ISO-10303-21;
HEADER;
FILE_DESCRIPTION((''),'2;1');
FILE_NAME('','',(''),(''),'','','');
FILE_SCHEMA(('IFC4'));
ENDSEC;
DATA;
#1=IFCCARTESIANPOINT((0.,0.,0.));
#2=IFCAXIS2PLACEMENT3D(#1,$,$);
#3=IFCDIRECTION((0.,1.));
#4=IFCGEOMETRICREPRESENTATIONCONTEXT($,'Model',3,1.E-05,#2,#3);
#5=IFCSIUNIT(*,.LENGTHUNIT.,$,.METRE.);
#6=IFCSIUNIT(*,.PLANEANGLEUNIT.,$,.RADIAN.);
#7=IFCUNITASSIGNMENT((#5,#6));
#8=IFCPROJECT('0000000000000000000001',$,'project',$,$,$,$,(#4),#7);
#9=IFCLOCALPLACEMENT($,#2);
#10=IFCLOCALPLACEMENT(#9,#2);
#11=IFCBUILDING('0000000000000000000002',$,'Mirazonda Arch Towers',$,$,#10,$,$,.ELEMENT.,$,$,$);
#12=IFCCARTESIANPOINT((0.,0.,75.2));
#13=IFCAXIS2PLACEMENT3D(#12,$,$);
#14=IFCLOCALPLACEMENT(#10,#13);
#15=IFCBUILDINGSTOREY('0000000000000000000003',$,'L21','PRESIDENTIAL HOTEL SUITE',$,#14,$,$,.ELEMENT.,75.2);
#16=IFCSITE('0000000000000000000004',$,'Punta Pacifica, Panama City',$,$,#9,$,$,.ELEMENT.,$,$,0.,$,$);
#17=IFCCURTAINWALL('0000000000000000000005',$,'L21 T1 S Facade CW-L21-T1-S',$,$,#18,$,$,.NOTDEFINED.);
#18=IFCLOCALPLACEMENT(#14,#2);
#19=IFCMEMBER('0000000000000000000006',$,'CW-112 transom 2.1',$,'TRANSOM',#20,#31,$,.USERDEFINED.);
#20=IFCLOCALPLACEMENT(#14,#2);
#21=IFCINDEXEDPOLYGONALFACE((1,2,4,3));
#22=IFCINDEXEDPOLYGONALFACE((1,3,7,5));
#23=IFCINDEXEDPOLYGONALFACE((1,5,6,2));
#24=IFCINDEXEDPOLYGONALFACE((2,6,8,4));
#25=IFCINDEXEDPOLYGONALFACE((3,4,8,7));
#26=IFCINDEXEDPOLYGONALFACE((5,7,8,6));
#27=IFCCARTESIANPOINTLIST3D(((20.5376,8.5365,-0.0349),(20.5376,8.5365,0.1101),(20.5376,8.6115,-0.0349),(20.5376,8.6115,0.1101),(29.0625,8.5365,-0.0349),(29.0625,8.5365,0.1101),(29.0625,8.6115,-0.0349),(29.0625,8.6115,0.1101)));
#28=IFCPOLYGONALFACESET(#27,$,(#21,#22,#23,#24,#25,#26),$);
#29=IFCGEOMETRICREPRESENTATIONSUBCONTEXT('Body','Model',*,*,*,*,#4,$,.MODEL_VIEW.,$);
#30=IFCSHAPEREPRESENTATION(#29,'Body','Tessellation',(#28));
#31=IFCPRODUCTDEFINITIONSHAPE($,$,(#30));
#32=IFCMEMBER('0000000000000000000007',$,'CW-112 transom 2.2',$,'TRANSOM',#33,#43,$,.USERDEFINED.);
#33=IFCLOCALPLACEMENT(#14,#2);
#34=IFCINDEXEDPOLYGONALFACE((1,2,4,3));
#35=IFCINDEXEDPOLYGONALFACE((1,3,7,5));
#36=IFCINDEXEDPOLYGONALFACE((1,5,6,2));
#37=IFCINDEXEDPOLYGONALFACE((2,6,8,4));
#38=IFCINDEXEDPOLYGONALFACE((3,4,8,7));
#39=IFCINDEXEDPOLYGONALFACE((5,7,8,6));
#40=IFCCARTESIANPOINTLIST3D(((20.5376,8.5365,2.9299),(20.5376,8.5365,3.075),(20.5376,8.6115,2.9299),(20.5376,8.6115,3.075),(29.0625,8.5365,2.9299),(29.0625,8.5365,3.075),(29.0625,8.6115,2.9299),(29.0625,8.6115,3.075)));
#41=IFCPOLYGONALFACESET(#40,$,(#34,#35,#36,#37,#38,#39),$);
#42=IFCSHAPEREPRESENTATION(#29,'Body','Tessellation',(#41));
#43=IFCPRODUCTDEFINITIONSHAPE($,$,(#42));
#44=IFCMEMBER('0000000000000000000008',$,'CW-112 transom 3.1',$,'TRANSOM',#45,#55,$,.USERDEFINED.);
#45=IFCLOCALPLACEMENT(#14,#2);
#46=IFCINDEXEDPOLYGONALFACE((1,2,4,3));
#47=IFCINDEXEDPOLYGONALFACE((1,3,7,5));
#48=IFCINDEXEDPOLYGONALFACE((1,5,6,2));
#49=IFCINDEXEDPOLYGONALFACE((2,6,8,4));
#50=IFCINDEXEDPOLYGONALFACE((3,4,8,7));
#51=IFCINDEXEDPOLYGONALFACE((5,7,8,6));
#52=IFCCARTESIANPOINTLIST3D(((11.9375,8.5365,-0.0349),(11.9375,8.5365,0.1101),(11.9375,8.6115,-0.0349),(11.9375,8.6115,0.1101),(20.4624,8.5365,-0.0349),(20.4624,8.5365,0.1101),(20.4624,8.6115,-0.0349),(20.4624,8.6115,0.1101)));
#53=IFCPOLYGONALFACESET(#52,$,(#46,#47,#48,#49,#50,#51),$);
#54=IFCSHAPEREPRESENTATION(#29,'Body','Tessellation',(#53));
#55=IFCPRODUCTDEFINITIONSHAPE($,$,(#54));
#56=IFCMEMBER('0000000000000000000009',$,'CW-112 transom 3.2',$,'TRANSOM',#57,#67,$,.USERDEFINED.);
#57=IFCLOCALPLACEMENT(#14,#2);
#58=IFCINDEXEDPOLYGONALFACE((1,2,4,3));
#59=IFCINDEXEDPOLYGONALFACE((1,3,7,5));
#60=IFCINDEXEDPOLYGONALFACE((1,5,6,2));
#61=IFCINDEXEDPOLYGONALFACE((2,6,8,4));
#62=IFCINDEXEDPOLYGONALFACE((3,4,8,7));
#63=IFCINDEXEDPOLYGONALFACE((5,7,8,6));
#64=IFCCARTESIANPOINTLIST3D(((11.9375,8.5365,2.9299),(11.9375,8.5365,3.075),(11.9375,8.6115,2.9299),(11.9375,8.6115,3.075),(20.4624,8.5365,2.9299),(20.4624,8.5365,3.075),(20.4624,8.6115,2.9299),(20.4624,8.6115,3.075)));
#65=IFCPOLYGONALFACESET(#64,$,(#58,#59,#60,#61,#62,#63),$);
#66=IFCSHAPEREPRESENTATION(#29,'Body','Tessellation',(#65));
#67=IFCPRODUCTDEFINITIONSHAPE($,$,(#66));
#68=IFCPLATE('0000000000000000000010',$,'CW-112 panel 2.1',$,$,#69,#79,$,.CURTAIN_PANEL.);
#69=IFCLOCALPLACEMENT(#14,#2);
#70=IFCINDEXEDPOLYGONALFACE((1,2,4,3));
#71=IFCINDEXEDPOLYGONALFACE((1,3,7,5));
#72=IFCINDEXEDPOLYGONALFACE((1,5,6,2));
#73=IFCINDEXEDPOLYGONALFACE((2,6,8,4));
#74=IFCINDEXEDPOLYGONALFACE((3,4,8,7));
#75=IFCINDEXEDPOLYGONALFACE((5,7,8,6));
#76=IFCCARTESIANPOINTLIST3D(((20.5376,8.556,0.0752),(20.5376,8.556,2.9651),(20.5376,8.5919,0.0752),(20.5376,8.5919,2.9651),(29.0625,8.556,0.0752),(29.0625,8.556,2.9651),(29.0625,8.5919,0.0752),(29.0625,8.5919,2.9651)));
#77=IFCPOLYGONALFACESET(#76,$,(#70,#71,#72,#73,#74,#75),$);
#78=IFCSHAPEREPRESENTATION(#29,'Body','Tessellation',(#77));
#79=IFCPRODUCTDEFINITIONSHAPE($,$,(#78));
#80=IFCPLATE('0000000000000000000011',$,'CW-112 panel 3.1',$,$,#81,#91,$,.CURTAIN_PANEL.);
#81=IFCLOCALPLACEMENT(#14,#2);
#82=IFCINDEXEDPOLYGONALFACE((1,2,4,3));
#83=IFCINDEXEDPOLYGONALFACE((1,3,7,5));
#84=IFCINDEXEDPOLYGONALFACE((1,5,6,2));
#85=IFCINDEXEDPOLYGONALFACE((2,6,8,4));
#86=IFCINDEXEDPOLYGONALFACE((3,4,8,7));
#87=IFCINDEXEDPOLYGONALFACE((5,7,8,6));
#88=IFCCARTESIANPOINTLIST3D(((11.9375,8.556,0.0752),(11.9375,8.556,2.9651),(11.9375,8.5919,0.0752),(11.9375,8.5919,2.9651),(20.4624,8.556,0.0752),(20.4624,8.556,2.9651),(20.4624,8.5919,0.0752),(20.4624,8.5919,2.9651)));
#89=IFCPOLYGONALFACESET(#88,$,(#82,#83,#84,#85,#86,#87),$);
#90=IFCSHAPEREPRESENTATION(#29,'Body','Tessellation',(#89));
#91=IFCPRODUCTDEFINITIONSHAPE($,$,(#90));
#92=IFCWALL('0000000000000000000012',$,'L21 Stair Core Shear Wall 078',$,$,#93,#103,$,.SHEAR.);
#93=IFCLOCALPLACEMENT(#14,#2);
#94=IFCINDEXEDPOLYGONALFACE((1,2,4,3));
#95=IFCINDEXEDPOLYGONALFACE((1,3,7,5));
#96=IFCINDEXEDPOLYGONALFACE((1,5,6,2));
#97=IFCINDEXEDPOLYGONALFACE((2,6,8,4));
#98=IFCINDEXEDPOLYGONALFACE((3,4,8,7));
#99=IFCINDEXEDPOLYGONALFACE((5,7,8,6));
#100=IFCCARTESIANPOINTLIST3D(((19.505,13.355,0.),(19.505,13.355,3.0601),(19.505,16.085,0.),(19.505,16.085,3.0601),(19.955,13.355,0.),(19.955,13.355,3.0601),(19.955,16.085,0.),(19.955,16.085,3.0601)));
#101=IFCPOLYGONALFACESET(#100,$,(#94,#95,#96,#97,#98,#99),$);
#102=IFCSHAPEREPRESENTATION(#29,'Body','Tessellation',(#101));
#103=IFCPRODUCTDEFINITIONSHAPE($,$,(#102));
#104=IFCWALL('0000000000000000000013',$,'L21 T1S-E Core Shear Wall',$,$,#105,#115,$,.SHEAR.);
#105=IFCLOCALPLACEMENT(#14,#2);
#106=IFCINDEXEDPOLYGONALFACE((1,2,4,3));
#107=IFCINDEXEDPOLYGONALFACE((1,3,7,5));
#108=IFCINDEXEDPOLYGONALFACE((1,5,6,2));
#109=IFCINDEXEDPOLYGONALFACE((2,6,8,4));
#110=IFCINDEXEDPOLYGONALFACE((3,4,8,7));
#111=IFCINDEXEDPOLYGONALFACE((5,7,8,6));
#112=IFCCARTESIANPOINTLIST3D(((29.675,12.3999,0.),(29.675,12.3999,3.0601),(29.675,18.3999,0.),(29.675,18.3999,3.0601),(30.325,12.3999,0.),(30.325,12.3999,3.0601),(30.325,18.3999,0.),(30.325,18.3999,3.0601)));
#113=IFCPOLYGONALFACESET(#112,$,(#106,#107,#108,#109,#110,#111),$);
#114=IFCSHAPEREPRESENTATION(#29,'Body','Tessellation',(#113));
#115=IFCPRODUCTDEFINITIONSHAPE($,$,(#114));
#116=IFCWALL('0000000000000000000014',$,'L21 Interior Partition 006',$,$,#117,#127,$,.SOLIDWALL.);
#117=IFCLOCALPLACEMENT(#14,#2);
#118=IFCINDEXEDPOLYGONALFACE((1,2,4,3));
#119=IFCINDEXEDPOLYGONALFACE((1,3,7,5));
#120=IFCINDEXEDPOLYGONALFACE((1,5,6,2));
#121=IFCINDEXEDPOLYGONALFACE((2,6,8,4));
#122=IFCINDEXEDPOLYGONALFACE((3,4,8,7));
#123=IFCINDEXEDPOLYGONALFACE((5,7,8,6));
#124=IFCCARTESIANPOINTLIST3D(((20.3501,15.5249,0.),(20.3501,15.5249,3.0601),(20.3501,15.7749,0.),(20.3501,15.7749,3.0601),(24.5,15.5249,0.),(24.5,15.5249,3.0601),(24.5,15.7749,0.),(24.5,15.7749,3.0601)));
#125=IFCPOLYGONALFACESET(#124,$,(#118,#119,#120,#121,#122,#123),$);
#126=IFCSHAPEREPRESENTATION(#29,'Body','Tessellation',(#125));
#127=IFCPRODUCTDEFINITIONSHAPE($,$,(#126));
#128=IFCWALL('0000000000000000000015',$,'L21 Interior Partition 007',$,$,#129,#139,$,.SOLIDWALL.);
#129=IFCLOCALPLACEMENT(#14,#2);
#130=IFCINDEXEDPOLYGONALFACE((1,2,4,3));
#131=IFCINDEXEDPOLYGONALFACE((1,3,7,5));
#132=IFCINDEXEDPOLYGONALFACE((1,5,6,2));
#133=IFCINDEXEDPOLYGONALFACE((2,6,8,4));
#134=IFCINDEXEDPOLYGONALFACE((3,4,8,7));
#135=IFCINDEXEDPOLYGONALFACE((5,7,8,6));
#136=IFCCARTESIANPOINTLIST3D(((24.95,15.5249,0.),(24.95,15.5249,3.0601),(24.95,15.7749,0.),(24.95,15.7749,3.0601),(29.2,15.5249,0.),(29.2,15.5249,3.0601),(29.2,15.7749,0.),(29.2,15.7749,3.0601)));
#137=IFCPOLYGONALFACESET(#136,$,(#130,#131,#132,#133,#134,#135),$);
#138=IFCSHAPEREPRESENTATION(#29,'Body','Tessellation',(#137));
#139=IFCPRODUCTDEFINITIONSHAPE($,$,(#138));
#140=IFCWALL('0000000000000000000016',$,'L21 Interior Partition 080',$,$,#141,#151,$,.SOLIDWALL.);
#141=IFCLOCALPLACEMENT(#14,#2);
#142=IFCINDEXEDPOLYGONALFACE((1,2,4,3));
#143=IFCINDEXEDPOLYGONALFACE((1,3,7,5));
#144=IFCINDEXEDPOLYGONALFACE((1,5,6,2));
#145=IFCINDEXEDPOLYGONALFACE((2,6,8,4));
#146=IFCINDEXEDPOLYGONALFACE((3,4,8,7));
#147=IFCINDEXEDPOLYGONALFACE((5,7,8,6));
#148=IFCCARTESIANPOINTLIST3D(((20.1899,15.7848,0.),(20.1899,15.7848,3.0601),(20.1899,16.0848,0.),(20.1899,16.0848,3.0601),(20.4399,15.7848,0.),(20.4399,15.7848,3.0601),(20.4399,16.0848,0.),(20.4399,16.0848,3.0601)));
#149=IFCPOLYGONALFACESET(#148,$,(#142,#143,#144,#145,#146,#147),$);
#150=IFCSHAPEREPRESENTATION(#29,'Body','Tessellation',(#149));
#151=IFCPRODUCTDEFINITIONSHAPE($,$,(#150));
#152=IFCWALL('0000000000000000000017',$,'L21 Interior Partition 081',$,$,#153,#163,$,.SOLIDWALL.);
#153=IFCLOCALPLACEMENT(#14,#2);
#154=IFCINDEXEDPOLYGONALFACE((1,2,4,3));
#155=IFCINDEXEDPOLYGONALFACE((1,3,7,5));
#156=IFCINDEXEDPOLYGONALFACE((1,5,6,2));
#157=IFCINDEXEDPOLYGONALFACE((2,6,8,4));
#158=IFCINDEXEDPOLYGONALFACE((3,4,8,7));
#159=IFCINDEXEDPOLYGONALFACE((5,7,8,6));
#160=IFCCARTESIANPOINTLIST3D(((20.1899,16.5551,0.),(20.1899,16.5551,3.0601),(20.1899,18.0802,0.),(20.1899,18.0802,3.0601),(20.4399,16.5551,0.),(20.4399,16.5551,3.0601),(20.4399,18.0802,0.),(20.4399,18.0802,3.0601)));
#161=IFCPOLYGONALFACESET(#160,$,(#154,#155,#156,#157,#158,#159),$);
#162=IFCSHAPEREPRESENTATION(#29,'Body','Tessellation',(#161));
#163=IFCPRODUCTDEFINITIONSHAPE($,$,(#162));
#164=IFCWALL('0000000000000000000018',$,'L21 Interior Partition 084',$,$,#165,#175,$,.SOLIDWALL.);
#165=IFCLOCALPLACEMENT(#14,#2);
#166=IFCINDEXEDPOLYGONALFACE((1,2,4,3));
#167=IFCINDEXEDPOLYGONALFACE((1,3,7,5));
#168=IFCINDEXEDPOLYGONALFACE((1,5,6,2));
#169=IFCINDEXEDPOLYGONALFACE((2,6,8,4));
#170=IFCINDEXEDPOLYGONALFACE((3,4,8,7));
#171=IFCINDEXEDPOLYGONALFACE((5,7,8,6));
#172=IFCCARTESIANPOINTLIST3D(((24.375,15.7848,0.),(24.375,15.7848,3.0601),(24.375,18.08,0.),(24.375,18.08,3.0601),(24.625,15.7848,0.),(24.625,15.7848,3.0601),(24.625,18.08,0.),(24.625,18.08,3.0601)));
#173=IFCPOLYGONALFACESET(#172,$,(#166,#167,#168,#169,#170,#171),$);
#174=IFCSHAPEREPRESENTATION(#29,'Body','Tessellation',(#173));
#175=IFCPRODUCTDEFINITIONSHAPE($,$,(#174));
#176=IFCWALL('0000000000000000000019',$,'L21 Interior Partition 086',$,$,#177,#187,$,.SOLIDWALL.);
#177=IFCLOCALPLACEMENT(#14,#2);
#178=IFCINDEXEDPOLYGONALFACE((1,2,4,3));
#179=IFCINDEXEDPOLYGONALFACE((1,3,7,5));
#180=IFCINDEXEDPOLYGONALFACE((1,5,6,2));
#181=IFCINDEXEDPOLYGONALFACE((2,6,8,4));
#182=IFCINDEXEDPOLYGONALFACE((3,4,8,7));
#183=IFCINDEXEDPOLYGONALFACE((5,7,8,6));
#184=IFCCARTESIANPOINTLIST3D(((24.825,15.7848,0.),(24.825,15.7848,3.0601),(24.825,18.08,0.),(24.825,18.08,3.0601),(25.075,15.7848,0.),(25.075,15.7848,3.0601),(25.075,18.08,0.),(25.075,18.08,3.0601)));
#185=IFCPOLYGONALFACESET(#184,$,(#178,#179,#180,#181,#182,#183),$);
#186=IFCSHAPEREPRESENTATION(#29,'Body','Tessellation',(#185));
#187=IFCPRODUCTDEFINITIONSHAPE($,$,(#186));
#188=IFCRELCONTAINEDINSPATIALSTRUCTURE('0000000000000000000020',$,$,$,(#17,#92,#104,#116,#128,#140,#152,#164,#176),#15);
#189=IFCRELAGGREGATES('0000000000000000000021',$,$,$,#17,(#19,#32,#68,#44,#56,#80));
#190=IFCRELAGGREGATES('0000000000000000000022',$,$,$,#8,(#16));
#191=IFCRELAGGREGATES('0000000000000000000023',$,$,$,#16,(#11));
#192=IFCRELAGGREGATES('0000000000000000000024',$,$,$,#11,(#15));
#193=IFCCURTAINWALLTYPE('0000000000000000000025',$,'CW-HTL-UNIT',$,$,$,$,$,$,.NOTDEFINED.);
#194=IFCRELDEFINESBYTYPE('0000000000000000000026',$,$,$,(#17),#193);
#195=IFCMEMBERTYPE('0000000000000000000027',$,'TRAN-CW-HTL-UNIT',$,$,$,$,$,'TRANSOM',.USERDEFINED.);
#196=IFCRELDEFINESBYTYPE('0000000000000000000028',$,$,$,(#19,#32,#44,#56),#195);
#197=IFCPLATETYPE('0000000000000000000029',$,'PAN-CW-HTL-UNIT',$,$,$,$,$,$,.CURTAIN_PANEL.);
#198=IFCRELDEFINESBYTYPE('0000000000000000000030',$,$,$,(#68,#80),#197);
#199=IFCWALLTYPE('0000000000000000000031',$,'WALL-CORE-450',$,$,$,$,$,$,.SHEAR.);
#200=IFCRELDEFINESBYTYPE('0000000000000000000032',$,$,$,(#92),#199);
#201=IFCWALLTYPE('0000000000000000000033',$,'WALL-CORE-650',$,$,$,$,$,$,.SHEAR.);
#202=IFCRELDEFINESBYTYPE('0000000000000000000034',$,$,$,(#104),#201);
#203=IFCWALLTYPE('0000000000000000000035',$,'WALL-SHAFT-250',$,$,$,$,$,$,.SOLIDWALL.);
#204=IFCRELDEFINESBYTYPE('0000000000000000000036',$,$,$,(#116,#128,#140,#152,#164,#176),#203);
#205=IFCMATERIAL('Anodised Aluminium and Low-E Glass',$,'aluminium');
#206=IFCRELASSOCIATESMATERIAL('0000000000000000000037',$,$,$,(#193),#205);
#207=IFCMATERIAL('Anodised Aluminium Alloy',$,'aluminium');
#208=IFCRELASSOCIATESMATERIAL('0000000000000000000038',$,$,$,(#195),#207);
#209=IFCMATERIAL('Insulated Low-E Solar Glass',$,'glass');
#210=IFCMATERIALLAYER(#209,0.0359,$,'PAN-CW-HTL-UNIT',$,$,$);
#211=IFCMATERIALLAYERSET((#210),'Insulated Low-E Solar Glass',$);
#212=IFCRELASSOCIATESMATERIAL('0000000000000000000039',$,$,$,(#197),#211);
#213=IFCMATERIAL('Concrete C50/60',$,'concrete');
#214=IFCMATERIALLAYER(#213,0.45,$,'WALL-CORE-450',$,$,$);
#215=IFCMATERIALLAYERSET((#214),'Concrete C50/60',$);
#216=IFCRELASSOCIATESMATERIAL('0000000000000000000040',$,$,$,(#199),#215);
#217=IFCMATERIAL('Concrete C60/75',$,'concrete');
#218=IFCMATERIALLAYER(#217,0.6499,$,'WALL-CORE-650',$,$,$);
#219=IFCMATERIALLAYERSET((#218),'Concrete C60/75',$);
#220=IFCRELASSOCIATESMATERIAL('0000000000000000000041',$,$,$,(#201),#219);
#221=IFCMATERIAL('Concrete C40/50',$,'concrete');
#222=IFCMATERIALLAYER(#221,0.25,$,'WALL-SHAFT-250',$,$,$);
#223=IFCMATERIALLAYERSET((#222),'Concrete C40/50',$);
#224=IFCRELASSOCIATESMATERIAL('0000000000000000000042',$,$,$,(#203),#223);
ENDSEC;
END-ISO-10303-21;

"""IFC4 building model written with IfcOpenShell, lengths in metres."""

from ifc_helpers import new_model, si_unit, direction, frame, frame_2d, origin, origin_2d, place, context, subcontext, project, spatial, rectangle, extrude, material, layer, layer_set, material_profile, profile_set, type_object, element, aggregate, save


model = new_model("IFC4")

# Units and contexts
model_context = context("Model", 3, precision=1e-05, world=origin(), true_north=direction((0.0, 1.0)))
body_context = subcontext(model_context, "Body", "Model", "MODEL_VIEW")
ifc_project = project(units=[si_unit("LENGTHUNIT", "METRE"), si_unit("PLANEANGLEUNIT", "RADIAN")], contexts=[model_context])

# Site, building, storey
site_placement = place(None, origin())
site = spatial("IfcSite", under=ifc_project, at=site_placement, Name="Punta Pacifica, Panama City", CompositionType="ELEMENT", RefElevation=0.0)
building_placement = place(site_placement, origin())
building = spatial("IfcBuilding", under=site, at=building_placement, Name="Mirazonda Arch Towers", CompositionType="ELEMENT")
storey_placement = place(building_placement, frame((0.0, 0.0, 75.2)))
storey = spatial("IfcBuildingStorey", under=building, at=storey_placement, Name="L21", Description="PRESIDENTIAL HOTEL SUITE", CompositionType="ELEMENT", Elevation=75.2)

# Shared definitions
ifc_material_1 = material(Name="Concrete C60/75", Category="concrete")

# Curtain wall, members, plates
ifc_material_2 = material(Name="Anodised Aluminium and Low-E Glass", Category="aluminium")
curtain_wall_type = type_object("IfcCurtainWallType", Name="CW-HTL-UNIT", PredefinedType="NOTDEFINED", material=ifc_material_2)
curtain_wall_placement = place(storey_placement, origin())
curtain_wall = element("IfcCurtainWall", 1, at=curtain_wall_placement, inside=storey, type_object=curtain_wall_type, Name="L21 T1 S Facade CW-L21-T1-S", PredefinedType="NOTDEFINED")
ifc_material_3 = material(Name="Anodised Aluminium Alloy", Category="aluminium")
ifc_material_profile_1 = material_profile(ifc_material_3, rectangle(XDim=0.075, YDim=0.145, at=origin_2d()), Name="ALU-TRAN-75x145")
ifc_profile_set_1 = profile_set([ifc_material_profile_1], Name="Anodised Aluminium Alloy")
member_type_1 = type_object("IfcMemberType", Name="TRAN-CW-HTL-UNIT", ElementType="TRANSOM", PredefinedType="USERDEFINED", material=ifc_profile_set_1)
member_1_placement = place(storey_placement, frame((29.0625, 8.574, 0.0376), z_axis=(-1.0, 0.0, 0.0), x_axis=(0.0, -1.0, 0.0)))
member_1 = element("IfcMember", 2, at=member_1_placement, type_object=member_type_1, Name="CW-112 transom 2.1", ObjectType="TRANSOM", PredefinedType="USERDEFINED", context=body_context, shape_type="SweptSolid", body=[
    extrude(rectangle(XDim=0.075, YDim=0.145, at=origin_2d()), origin(), (0.0, 0.0, 1.0), 8.5249),
])
member_2_placement = place(storey_placement, frame((29.0625, 8.574, 3.0024), z_axis=(-1.0, 0.0, 0.0), x_axis=(0.0, -1.0, 0.0)))
member_2 = element("IfcMember", 3, at=member_2_placement, type_object=member_type_1, Name="CW-112 transom 2.2", ObjectType="TRANSOM", PredefinedType="USERDEFINED", context=body_context, shape_type="SweptSolid", body=[
    extrude(rectangle(XDim=0.075, YDim=0.145, at=origin_2d()), origin(), (0.0, 0.0, 1.0), 8.5249),
])
member_3_placement = place(storey_placement, frame((20.4624, 8.574, 0.0376), z_axis=(-1.0, 0.0, 0.0), x_axis=(0.0, -1.0, 0.0)))
member_3 = element("IfcMember", 4, at=member_3_placement, type_object=member_type_1, Name="CW-112 transom 3.1", ObjectType="TRANSOM", PredefinedType="USERDEFINED", context=body_context, shape_type="SweptSolid", body=[
    extrude(rectangle(XDim=0.075, YDim=0.145, at=origin_2d()), origin(), (0.0, 0.0, 1.0), 8.5249),
])
member_4_placement = place(storey_placement, frame((20.4624, 8.574, 3.0024), z_axis=(-1.0, 0.0, 0.0), x_axis=(0.0, -1.0, 0.0)))
member_4 = element("IfcMember", 5, at=member_4_placement, type_object=member_type_1, Name="CW-112 transom 3.2", ObjectType="TRANSOM", PredefinedType="USERDEFINED", context=body_context, shape_type="SweptSolid", body=[
    extrude(rectangle(XDim=0.075, YDim=0.145, at=origin_2d()), origin(), (0.0, 0.0, 1.0), 8.5249),
])
ifc_material_4 = material(Name="Insulated Low-E Solar Glass", Category="glass")
ifc_layer_1 = layer(ifc_material_4, 0.0359, Name="PAN-CW-HTL-UNIT")
ifc_layer_set_1 = layer_set([ifc_layer_1], Name="Insulated Low-E Solar Glass")
plate_type = type_object("IfcPlateType", Name="PAN-CW-HTL-UNIT", PredefinedType="CURTAIN_PANEL", material=ifc_layer_set_1)
plate_1_placement = place(storey_placement, frame((24.8, 8.574, 0.0752), z_axis=(0.0, 0.0, 1.0), x_axis=(-1.0, 0.0, 0.0)))
plate_1 = element("IfcPlate", 6, at=plate_1_placement, type_object=plate_type, Name="CW-112 panel 2.1", PredefinedType="CURTAIN_PANEL", context=body_context, shape_type="SweptSolid", body=[
    extrude(rectangle(XDim=8.5249, YDim=0.0359, at=origin_2d()), origin(), (0.0, 0.0, 1.0), 2.8899),
])
plate_2_placement = place(storey_placement, frame((16.2, 8.574, 0.0752), z_axis=(0.0, 0.0, 1.0), x_axis=(-1.0, 0.0, 0.0)))
plate_2 = element("IfcPlate", 7, at=plate_2_placement, type_object=plate_type, Name="CW-112 panel 3.1", PredefinedType="CURTAIN_PANEL", context=body_context, shape_type="SweptSolid", body=[
    extrude(rectangle(XDim=8.5249, YDim=0.0359, at=origin_2d()), origin(), (0.0, 0.0, 1.0), 2.8899),
])
aggregate(curtain_wall, [member_1, member_2, plate_1, member_3, member_4, plate_2])

# Walls
ifc_material_5 = material(Name="Concrete C50/60", Category="concrete")
ifc_layer_2 = layer(ifc_material_5, 0.45, Name="WALL-CORE-450")
ifc_layer_set_2 = layer_set([ifc_layer_2], Name="Concrete C50/60")
wall_type_1 = type_object("IfcWallType", Name="WALL-CORE-450", PredefinedType="SHEAR", material=ifc_layer_set_2)
wall_1_placement = place(storey_placement, frame((19.73, 13.355, 0.0), z_axis=(0.0, 0.0, 1.0), x_axis=(0.0, 1.0, 0.0)))
element("IfcWall", 8, at=wall_1_placement, inside=storey, type_object=wall_type_1, Name="L21 Stair Core Shear Wall 078", PredefinedType="SHEAR", context=body_context, shape_type="SweptSolid", body=[
    extrude(rectangle(XDim=2.73, YDim=0.45, at=frame_2d((1.365, 0.0))), origin(), (0.0, 0.0, 1.0), 3.0601),
])
ifc_layer_3 = layer(ifc_material_1, 0.6499, Name="WALL-CORE-650")
ifc_layer_set_3 = layer_set([ifc_layer_3], Name="Concrete C60/75")
wall_type_2 = type_object("IfcWallType", Name="WALL-CORE-650", PredefinedType="SHEAR", material=ifc_layer_set_3)
wall_2_placement = place(storey_placement, frame((30.0, 12.3999, 0.0), z_axis=(0.0, 0.0, 1.0), x_axis=(0.0, 1.0, 0.0)))
element("IfcWall", 9, at=wall_2_placement, inside=storey, type_object=wall_type_2, Name="L21 T1S-E Core Shear Wall", PredefinedType="SHEAR", context=body_context, shape_type="SweptSolid", body=[
    extrude(rectangle(XDim=6.0, YDim=0.6499, at=frame_2d((3.0, 0.0))), origin(), (0.0, 0.0, 1.0), 3.0601),
])
ifc_material_6 = material(Name="Concrete C40/50", Category="concrete")
ifc_layer_4 = layer(ifc_material_6, 0.25, Name="WALL-SHAFT-250")
ifc_layer_set_4 = layer_set([ifc_layer_4], Name="Concrete C40/50")
wall_type_3 = type_object("IfcWallType", Name="WALL-SHAFT-250", PredefinedType="SOLIDWALL", material=ifc_layer_set_4)
wall_3_placement = place(storey_placement, frame((20.3501, 15.6499, 0.0), z_axis=(0.0, 0.0, 1.0), x_axis=(1.0, 0.0, 0.0)))
element("IfcWall", 10, at=wall_3_placement, inside=storey, type_object=wall_type_3, Name="L21 Interior Partition 006", PredefinedType="SOLIDWALL", context=body_context, shape_type="SweptSolid", body=[
    extrude(rectangle(XDim=4.1499, YDim=0.25, at=frame_2d((2.075, 0.0))), origin(), (0.0, 0.0, 1.0), 3.0601),
])
wall_4_placement = place(storey_placement, frame((24.95, 15.6499, 0.0), z_axis=(0.0, 0.0, 1.0), x_axis=(1.0, 0.0, 0.0)))
element("IfcWall", 11, at=wall_4_placement, inside=storey, type_object=wall_type_3, Name="L21 Interior Partition 007", PredefinedType="SOLIDWALL", context=body_context, shape_type="SweptSolid", body=[
    extrude(rectangle(XDim=4.25, YDim=0.25, at=frame_2d((2.125, 0.0))), origin(), (0.0, 0.0, 1.0), 3.0601),
])
wall_5_placement = place(storey_placement, frame((20.3149, 15.7849, 0.0), z_axis=(0.0, 0.0, 1.0), x_axis=(0.0, 1.0, 0.0)))
element("IfcWall", 12, at=wall_5_placement, inside=storey, type_object=wall_type_3, Name="L21 Interior Partition 080", PredefinedType="SOLIDWALL", context=body_context, shape_type="SweptSolid", body=[
    extrude(rectangle(XDim=0.3, YDim=0.25, at=frame_2d((0.1499, 0.0))), origin(), (0.0, 0.0, 1.0), 3.0601),
])
wall_6_placement = place(storey_placement, frame((20.3149, 16.5549, 0.0), z_axis=(0.0, 0.0, 1.0), x_axis=(0.0, 1.0, 0.0)))
element("IfcWall", 13, at=wall_6_placement, inside=storey, type_object=wall_type_3, Name="L21 Interior Partition 081", PredefinedType="SOLIDWALL", context=body_context, shape_type="SweptSolid", body=[
    extrude(rectangle(XDim=1.5251, YDim=0.25, at=frame_2d((0.7627, 0.0))), origin(), (0.0, 0.0, 1.0), 3.0601),
])
for number, where, z_axis, x_axis, name in (
    (14, (24.5, 15.7849, 0.0), (0.0, 0.0, 1.0), (0.0, 1.0, 0.0), "L21 Interior Partition 084"),
    (15, (24.95, 15.7849, 0.0), (0.0, 0.0, 1.0), (0.0, 1.0, 0.0), "L21 Interior Partition 086"),
):
    element("IfcWall", number, at=place(storey_placement, frame(where, z_axis=z_axis, x_axis=x_axis)), inside=storey, type_object=wall_type_3, Name=name, PredefinedType="SOLIDWALL", context=body_context, shape_type="SweptSolid", body=[
        extrude(rectangle(XDim=2.2952, YDim=0.25, at=frame_2d((1.1475, 0.0))), origin(), (0.0, 0.0, 1.0), 3.0601),
    ])

save(model, "model.ifc")
